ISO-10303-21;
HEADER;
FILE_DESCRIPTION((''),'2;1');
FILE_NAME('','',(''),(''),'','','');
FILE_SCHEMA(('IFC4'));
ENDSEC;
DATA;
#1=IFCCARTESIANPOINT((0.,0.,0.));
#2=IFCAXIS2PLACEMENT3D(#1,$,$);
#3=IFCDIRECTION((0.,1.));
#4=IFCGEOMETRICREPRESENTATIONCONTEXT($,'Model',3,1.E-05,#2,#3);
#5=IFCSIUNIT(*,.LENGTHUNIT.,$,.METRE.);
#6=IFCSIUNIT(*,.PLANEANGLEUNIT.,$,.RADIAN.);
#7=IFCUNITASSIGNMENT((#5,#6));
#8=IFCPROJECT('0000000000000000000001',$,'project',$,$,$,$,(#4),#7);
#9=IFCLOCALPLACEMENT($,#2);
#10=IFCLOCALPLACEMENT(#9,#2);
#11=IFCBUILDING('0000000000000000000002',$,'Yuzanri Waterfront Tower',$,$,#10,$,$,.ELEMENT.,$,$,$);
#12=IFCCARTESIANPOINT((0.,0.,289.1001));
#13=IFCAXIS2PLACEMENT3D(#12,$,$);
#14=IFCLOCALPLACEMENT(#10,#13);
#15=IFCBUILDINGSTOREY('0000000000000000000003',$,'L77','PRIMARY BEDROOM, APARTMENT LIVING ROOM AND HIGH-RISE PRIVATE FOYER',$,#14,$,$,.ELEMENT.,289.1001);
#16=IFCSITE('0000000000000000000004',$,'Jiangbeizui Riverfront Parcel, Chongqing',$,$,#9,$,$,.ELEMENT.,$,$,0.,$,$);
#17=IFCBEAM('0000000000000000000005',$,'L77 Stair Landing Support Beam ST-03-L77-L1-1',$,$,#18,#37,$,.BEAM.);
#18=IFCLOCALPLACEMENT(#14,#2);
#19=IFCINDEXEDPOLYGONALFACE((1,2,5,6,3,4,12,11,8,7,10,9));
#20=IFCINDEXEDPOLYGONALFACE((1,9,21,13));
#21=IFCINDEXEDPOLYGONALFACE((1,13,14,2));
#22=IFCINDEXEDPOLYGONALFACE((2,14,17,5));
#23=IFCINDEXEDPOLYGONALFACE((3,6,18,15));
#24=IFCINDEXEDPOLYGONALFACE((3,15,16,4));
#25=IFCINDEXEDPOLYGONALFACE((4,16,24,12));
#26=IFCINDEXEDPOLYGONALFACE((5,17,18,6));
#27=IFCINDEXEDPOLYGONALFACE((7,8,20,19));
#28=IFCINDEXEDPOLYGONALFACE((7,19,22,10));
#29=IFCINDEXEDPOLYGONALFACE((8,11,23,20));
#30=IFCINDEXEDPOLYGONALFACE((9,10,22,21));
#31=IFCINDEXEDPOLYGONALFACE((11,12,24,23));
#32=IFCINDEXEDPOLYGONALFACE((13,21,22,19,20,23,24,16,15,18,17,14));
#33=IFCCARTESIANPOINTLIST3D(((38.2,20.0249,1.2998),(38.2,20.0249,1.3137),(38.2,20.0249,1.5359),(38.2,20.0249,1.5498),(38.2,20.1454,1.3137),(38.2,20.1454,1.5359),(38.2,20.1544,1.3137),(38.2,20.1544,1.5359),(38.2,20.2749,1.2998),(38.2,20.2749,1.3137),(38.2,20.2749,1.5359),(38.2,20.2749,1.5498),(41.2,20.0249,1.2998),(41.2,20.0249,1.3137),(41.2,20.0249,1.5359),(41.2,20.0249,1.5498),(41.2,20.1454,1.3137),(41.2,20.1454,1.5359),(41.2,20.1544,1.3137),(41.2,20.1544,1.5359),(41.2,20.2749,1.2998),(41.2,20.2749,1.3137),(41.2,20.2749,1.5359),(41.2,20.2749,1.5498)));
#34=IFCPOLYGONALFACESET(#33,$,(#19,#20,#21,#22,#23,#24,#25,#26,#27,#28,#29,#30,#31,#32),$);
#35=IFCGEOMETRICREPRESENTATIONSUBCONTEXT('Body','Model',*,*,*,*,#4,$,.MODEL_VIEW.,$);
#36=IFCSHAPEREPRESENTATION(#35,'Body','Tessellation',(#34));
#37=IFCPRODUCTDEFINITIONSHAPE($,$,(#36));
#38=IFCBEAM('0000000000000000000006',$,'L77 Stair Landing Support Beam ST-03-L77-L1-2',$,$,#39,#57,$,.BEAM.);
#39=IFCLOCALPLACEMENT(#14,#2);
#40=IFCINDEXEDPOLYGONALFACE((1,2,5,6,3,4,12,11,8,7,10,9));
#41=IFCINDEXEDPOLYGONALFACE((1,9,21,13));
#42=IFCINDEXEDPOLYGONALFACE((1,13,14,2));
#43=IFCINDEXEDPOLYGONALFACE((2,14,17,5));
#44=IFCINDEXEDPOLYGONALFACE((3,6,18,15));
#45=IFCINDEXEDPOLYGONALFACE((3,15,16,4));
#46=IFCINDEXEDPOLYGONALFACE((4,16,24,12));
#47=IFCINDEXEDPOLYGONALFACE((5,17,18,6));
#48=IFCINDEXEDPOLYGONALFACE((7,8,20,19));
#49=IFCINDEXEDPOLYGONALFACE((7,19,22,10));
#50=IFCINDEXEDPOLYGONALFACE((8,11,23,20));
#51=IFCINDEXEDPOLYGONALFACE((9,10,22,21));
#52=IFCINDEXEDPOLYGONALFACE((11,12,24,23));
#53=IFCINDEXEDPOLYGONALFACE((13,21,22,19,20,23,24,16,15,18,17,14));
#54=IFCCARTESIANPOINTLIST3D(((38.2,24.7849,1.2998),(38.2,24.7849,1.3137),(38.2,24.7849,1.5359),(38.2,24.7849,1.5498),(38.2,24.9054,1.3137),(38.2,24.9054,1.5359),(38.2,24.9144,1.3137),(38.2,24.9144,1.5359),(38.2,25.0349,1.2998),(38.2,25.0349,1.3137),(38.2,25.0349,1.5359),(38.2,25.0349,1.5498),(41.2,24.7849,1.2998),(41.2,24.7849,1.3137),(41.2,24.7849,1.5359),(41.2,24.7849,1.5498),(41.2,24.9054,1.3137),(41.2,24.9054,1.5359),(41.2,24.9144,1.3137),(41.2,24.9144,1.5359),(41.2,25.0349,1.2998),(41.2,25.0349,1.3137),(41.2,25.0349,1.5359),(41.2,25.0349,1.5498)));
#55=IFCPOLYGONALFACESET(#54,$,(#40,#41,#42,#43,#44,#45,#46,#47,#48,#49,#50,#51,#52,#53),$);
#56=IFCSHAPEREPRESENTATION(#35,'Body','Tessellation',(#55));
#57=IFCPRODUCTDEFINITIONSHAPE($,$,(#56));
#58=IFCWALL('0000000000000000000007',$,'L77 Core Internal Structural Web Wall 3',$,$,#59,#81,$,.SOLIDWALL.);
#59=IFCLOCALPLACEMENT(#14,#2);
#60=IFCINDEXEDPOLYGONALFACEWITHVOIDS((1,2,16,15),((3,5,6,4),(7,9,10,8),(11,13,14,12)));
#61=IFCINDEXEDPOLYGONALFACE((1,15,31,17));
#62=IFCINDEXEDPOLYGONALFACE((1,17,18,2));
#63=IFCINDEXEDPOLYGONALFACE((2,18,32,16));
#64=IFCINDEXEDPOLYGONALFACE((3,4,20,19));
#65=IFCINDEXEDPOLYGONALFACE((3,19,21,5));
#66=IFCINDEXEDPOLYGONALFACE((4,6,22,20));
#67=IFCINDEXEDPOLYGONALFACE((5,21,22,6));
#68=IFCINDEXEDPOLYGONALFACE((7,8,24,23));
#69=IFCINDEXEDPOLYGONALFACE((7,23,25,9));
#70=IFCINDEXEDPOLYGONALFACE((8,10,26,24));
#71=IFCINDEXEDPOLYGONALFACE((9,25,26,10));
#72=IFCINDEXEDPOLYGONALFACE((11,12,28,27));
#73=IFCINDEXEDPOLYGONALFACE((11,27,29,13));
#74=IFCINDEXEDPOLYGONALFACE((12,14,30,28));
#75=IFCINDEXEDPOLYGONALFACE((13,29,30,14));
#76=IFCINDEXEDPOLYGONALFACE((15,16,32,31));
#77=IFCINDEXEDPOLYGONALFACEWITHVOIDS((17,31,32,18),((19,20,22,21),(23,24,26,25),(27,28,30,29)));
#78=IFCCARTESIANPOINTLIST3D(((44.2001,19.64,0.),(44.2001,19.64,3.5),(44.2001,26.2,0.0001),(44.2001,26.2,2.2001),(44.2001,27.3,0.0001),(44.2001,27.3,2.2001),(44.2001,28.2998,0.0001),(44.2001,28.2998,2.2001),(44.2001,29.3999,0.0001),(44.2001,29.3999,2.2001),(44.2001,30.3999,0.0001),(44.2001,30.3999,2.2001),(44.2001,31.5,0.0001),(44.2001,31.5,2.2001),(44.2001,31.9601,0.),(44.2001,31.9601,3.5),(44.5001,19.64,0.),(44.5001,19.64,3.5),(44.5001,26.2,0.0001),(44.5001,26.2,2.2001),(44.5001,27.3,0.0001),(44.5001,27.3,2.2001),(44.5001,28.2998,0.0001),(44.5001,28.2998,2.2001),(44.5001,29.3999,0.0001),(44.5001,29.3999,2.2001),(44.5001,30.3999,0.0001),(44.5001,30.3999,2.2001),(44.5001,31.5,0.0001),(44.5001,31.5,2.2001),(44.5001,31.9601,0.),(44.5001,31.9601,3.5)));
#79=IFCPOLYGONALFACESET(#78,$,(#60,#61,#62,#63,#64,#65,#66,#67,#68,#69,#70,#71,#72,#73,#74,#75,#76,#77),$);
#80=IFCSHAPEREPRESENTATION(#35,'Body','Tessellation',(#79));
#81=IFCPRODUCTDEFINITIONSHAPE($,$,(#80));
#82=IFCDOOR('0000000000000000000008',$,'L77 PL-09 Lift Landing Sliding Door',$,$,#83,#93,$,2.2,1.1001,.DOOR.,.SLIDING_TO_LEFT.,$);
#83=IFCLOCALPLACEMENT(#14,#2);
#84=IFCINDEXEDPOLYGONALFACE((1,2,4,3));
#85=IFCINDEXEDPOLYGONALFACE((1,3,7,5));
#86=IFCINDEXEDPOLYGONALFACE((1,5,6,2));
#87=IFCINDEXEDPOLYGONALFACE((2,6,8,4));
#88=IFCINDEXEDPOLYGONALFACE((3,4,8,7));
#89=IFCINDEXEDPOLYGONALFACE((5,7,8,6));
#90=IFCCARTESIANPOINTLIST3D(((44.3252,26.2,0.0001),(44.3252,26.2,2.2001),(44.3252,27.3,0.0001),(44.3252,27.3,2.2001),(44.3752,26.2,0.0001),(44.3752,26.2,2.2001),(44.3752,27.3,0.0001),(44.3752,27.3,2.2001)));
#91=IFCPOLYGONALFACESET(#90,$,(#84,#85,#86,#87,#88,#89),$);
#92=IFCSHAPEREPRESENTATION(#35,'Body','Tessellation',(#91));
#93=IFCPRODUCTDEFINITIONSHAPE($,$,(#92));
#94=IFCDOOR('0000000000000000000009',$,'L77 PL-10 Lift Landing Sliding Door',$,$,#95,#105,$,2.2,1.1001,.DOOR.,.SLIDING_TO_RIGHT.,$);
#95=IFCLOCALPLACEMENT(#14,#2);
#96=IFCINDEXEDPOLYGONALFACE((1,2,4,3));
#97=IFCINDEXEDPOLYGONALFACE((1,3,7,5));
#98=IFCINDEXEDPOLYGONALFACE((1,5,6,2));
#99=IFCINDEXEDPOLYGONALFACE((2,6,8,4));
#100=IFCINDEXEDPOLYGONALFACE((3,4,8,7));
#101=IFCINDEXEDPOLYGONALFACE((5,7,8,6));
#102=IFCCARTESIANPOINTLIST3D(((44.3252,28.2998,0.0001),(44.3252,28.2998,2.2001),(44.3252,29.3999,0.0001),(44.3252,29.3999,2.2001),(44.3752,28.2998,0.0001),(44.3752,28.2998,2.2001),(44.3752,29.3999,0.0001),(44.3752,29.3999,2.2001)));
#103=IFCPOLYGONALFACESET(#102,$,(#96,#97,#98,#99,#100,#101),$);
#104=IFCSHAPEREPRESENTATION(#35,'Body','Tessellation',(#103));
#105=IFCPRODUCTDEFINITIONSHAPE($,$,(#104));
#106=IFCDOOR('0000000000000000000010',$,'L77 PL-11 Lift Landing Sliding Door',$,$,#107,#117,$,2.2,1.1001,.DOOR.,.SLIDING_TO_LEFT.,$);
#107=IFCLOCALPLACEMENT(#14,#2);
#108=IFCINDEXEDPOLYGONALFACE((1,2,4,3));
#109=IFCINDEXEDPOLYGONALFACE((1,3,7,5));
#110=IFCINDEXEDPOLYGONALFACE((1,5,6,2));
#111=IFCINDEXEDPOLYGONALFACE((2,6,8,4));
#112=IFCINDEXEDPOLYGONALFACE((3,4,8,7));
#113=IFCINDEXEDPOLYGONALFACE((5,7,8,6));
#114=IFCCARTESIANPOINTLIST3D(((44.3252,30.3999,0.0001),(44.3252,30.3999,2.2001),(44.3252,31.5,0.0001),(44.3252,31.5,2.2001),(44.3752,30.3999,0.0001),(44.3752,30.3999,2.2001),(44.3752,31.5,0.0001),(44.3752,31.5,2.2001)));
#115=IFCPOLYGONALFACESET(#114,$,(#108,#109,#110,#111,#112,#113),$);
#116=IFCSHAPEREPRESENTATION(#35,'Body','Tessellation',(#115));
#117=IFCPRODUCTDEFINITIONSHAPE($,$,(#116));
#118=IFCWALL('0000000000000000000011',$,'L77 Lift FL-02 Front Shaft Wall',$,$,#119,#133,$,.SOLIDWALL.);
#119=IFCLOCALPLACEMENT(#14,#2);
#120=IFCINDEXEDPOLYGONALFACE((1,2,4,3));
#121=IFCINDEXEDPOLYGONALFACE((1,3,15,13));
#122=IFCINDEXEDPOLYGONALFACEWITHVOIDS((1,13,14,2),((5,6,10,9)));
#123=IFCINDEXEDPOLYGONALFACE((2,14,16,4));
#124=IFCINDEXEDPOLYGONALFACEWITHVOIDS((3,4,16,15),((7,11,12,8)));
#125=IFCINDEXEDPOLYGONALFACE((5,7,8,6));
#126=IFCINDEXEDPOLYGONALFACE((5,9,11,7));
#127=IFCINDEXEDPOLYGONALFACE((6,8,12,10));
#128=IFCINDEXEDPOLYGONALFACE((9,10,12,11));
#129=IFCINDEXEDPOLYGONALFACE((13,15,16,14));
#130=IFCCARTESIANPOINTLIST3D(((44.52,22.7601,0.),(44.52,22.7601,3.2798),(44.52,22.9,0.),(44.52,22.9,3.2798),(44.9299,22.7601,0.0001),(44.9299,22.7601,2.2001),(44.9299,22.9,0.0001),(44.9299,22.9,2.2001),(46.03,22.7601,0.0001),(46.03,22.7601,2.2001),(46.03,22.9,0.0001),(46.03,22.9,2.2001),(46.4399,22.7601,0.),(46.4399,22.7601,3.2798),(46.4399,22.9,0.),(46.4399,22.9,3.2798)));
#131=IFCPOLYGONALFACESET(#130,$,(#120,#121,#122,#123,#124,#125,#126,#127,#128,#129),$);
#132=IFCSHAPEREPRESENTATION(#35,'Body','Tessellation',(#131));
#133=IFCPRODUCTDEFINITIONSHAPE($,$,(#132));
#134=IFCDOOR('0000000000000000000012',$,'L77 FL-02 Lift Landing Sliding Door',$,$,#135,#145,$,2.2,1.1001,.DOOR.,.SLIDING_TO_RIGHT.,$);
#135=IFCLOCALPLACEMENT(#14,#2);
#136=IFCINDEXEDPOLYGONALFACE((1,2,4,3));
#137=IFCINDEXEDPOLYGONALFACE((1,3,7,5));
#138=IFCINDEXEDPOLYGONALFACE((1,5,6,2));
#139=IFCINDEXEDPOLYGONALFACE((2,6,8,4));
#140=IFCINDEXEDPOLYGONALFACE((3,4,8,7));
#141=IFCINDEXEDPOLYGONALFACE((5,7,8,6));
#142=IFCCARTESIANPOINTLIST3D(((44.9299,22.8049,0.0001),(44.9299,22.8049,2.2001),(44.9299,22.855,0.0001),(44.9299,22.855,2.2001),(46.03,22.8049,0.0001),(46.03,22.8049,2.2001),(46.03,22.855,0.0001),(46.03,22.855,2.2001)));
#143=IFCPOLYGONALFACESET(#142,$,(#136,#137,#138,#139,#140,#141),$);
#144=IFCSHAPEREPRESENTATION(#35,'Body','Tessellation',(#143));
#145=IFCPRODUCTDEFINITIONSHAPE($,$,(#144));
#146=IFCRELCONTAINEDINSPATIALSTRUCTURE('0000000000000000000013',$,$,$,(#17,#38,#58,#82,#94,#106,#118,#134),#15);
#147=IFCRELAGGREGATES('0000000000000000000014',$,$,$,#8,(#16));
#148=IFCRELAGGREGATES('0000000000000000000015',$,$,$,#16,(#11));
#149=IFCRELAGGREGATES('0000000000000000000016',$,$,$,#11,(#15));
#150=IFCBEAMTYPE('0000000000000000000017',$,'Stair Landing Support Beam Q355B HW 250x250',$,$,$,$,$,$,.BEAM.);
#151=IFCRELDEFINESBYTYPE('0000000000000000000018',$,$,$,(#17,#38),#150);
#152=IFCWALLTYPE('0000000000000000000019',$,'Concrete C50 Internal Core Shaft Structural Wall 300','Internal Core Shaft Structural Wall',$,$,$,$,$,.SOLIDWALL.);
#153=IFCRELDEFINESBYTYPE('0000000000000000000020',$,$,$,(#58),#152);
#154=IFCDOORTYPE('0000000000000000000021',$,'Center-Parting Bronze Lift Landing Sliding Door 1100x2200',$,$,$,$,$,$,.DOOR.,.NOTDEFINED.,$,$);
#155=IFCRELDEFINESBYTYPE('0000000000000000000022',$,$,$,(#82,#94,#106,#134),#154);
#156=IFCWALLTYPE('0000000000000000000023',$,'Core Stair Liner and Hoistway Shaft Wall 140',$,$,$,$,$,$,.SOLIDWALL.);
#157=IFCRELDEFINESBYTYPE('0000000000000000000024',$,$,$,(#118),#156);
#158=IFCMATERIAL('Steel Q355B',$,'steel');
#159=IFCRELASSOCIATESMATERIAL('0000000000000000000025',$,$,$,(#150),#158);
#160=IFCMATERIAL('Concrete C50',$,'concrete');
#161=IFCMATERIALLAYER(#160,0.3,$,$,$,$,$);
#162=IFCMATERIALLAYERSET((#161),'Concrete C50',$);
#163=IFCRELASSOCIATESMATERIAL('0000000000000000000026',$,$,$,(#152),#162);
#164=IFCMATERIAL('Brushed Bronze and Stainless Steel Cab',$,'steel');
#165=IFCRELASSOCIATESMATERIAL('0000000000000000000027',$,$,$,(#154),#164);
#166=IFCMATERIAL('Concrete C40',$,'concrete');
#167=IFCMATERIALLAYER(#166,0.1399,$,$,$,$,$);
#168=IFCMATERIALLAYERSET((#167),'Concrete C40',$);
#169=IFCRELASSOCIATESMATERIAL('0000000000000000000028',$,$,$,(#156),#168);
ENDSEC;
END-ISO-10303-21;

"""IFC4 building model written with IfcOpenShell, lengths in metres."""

from ifc_helpers import new_model, si_unit, direction, frame, frame_2d, origin, origin_2d, place, context, subcontext, project, spatial, rectangle, i_section, extrude, source, transform, mapped, material, layer, layer_set, material_profile, profile_set, type_object, element, fill, save


model = new_model("IFC4")

# Units and contexts
model_context = context("Model", 3, precision=1e-05, world=origin(), true_north=direction((0.0, 1.0)))
body_context = subcontext(model_context, "Body", "Model", "MODEL_VIEW")
ifc_project = project(units=[si_unit("LENGTHUNIT", "METRE"), si_unit("PLANEANGLEUNIT", "RADIAN")], contexts=[model_context])

# Site, building, storey
site_placement = place(None, origin())
site = spatial("IfcSite", under=ifc_project, at=site_placement, Name="Jiangbeizui Riverfront Parcel, Chongqing", CompositionType="ELEMENT", RefElevation=0.0)
building_placement = place(site_placement, origin())
building = spatial("IfcBuilding", under=site, at=building_placement, Name="Yuzanri Waterfront Tower", CompositionType="ELEMENT")
storey_placement = place(building_placement, frame((0.0, 0.0, 289.1001)))
storey = spatial("IfcBuildingStorey", under=building, at=storey_placement, Name="L77", Description="PRIMARY BEDROOM, APARTMENT LIVING ROOM AND HIGH-RISE PRIVATE FOYER", CompositionType="ELEMENT", Elevation=289.1001)

# Beams
ifc_material_1 = material(Name="Steel Q355B", Category="steel")
ifc_material_profile = material_profile(ifc_material_1, i_section(OverallWidth=0.25, OverallDepth=0.25, WebThickness=0.009, FlangeThickness=0.0139, at=origin_2d()), Name="HW 250x250x9x14")
ifc_profile_set = profile_set([ifc_material_profile], Name="Steel Q355B")
beam_type = type_object("IfcBeamType", Name="Stair Landing Support Beam Q355B HW 250x250", PredefinedType="BEAM", material=ifc_profile_set)
shared_shape_1 = source(origin(), body_context, "Body", "SweptSolid", [
    extrude(i_section(OverallWidth=0.25, OverallDepth=0.25, WebThickness=0.009, FlangeThickness=0.0139, at=origin_2d()), origin(), (0.0, 0.0, 1.0), 3.0),
])
for number, where, z_axis, x_axis, name in (
    (1, (38.2, 20.1499, 1.4248), (1.0, 0.0, 0.0), (0.0, 1.0, 0.0), "L77 Stair Landing Support Beam ST-03-L77-L1-1"),
    (2, (38.2, 24.9099, 1.4248), (1.0, 0.0, 0.0), (0.0, 1.0, 0.0), "L77 Stair Landing Support Beam ST-03-L77-L1-2"),
):
    element("IfcBeam", number, at=place(storey_placement, frame(where, z_axis=z_axis, x_axis=x_axis)), inside=storey, type_object=beam_type, Name=name, PredefinedType="BEAM", context=body_context, shape_type="MappedRepresentation", body=[
        mapped(shared_shape_1, transform((0.0, 0.0, 0.0), scale=1.0)),
    ])

# Wall, openings, doors
ifc_material_2 = material(Name="Concrete C50", Category="concrete")
ifc_layer_1 = layer(ifc_material_2, 0.3)
ifc_layer_set_1 = layer_set([ifc_layer_1], Name="Concrete C50")
wall_type_1 = type_object("IfcWallType", Name="Concrete C50 Internal Core Shaft Structural Wall 300", Description="Internal Core Shaft Structural Wall", PredefinedType="SOLIDWALL", material=ifc_layer_set_1)
wall_1_placement = place(storey_placement, frame((44.3501, 19.6399, 0.0), z_axis=(0.0, 0.0, 1.0), x_axis=(0.0, 1.0, 0.0)))
wall_1 = element("IfcWall", 3, at=wall_1_placement, inside=storey, type_object=wall_type_1, Name="L77 Core Internal Structural Web Wall 3", PredefinedType="SOLIDWALL", context=body_context, shape_type="SweptSolid", body=[
    extrude(rectangle(XDim=12.3201, YDim=0.3, at=frame_2d((6.1602, 0.0))), origin(), (0.0, 0.0, 1.0), 3.5),
])
opening_1_placement = place(wall_1_placement, frame((6.5601, 0.0, 0.0)))
opening_1 = element("IfcOpeningElement", 4, at=opening_1_placement, cuts=wall_1, PredefinedType="OPENING", context=body_context, shape_type="SweptSolid", body=[
    extrude(rectangle(XDim=1.1001, YDim=2.2, at=frame_2d((0.55, 1.1001))), frame((0.0, 0.165, 0.0), z_axis=(0.0, -1.0, 0.0), x_axis=(1.0, 0.0, 0.0)), (0.0, 0.0, 1.0), 0.3298),
])
opening_2_placement = place(wall_1_placement, frame((8.6599, 0.0, 0.0)))
opening_2 = element("IfcOpeningElement", 5, at=opening_2_placement, cuts=wall_1, PredefinedType="OPENING", context=body_context, shape_type="SweptSolid", body=[
    extrude(rectangle(XDim=1.1001, YDim=2.2, at=frame_2d((0.55, 1.1001))), frame((0.0, 0.165, 0.0), z_axis=(0.0, -1.0, 0.0), x_axis=(1.0, 0.0, 0.0)), (0.0, 0.0, 1.0), 0.3298),
])
opening_3_placement = place(wall_1_placement, frame((10.76, 0.0, 0.0)))
opening_3 = element("IfcOpeningElement", 6, at=opening_3_placement, cuts=wall_1, PredefinedType="OPENING", context=body_context, shape_type="SweptSolid", body=[
    extrude(rectangle(XDim=1.1001, YDim=2.2, at=frame_2d((0.55, 1.1001))), frame((0.0, 0.165, 0.0), z_axis=(0.0, -1.0, 0.0), x_axis=(1.0, 0.0, 0.0)), (0.0, 0.0, 1.0), 0.3298),
])
ifc_material_3 = material(Name="Brushed Bronze and Stainless Steel Cab", Category="steel")
door_type_1 = type_object("IfcDoorType", Name="Center-Parting Bronze Lift Landing Sliding Door 1100x2200", OperationType="NOTDEFINED", PredefinedType="DOOR", material=ifc_material_3)
shared_shape_2 = source(origin(), body_context, "Body", "SweptSolid", [
    extrude(rectangle(XDim=1.1001, YDim=2.2, at=frame_2d((0.55, 1.1001))), frame((0.0, 0.0249, 0.0), z_axis=(0.0, -1.0, 0.0), x_axis=(1.0, 0.0, 0.0)), (0.0, 0.0, 1.0), 0.05),
])
door_1_placement = place(opening_1_placement, origin())
door_1 = element("IfcDoor", 7, at=door_1_placement, inside=storey, type_object=door_type_1, Name="L77 PL-09 Lift Landing Sliding Door", OperationType="SLIDING_TO_LEFT", OverallHeight=2.2, OverallWidth=1.1001, PredefinedType="DOOR", context=body_context, shape_type="MappedRepresentation", body=[
    mapped(shared_shape_2, transform((0.0, 0.0, 0.0), scale=1.0)),
])
fill(opening_1, door_1)
door_2_placement = place(opening_2_placement, origin())
door_2 = element("IfcDoor", 8, at=door_2_placement, inside=storey, type_object=door_type_1, Name="L77 PL-10 Lift Landing Sliding Door", OperationType="SLIDING_TO_RIGHT", OverallHeight=2.2, OverallWidth=1.1001, PredefinedType="DOOR", context=body_context, shape_type="MappedRepresentation", body=[
    mapped(shared_shape_2, transform((0.0, 0.0, 0.0), scale=1.0)),
])
fill(opening_2, door_2)
door_3_placement = place(opening_3_placement, origin())
door_3 = element("IfcDoor", 9, at=door_3_placement, inside=storey, type_object=door_type_1, Name="L77 PL-11 Lift Landing Sliding Door", OperationType="SLIDING_TO_LEFT", OverallHeight=2.2, OverallWidth=1.1001, PredefinedType="DOOR", context=body_context, shape_type="MappedRepresentation", body=[
    mapped(shared_shape_2, transform((0.0, 0.0, 0.0), scale=1.0)),
])
fill(opening_3, door_3)

# Wall, opening, door
ifc_material_4 = material(Name="Concrete C40", Category="concrete")
ifc_layer_2 = layer(ifc_material_4, 0.1399)
ifc_layer_set_2 = layer_set([ifc_layer_2], Name="Concrete C40")
wall_type_2 = type_object("IfcWallType", Name="Core Stair Liner and Hoistway Shaft Wall 140", PredefinedType="SOLIDWALL", material=ifc_layer_set_2)
wall_2_placement = place(storey_placement, frame((44.52, 22.8301, 0.0), z_axis=(0.0, 0.0, 1.0), x_axis=(1.0, 0.0, 0.0)))
wall_2 = element("IfcWall", 10, at=wall_2_placement, inside=storey, type_object=wall_type_2, Name="L77 Lift FL-02 Front Shaft Wall", PredefinedType="SOLIDWALL", context=body_context, shape_type="SweptSolid", body=[
    extrude(rectangle(XDim=1.9199, YDim=0.1399, at=frame_2d((0.96, 0.0))), origin(), (0.0, 0.0, 1.0), 3.2798),
])
opening_4_placement = place(wall_2_placement, frame((0.4099, 0.0, 0.0)))
opening_4 = element("IfcOpeningElement", 11, at=opening_4_placement, cuts=wall_2, PredefinedType="OPENING", context=body_context, shape_type="SweptSolid", body=[
    extrude(rectangle(XDim=1.1001, YDim=2.2, at=frame_2d((0.55, 1.1001))), frame((0.0, 0.085, 0.0), z_axis=(0.0, -1.0, 0.0), x_axis=(1.0, 0.0, 0.0)), (0.0, 0.0, 1.0), 0.1697),
])
door_4_placement = place(opening_4_placement, origin())
door_4 = element("IfcDoor", 12, at=door_4_placement, inside=storey, type_object=door_type_1, Name="L77 FL-02 Lift Landing Sliding Door", OperationType="SLIDING_TO_RIGHT", OverallHeight=2.2, OverallWidth=1.1001, PredefinedType="DOOR", context=body_context, shape_type="MappedRepresentation", body=[
    mapped(shared_shape_2, transform((0.0, 0.0, 0.0), scale=1.0)),
])
fill(opening_4, door_4)

save(model, "model.ifc")
